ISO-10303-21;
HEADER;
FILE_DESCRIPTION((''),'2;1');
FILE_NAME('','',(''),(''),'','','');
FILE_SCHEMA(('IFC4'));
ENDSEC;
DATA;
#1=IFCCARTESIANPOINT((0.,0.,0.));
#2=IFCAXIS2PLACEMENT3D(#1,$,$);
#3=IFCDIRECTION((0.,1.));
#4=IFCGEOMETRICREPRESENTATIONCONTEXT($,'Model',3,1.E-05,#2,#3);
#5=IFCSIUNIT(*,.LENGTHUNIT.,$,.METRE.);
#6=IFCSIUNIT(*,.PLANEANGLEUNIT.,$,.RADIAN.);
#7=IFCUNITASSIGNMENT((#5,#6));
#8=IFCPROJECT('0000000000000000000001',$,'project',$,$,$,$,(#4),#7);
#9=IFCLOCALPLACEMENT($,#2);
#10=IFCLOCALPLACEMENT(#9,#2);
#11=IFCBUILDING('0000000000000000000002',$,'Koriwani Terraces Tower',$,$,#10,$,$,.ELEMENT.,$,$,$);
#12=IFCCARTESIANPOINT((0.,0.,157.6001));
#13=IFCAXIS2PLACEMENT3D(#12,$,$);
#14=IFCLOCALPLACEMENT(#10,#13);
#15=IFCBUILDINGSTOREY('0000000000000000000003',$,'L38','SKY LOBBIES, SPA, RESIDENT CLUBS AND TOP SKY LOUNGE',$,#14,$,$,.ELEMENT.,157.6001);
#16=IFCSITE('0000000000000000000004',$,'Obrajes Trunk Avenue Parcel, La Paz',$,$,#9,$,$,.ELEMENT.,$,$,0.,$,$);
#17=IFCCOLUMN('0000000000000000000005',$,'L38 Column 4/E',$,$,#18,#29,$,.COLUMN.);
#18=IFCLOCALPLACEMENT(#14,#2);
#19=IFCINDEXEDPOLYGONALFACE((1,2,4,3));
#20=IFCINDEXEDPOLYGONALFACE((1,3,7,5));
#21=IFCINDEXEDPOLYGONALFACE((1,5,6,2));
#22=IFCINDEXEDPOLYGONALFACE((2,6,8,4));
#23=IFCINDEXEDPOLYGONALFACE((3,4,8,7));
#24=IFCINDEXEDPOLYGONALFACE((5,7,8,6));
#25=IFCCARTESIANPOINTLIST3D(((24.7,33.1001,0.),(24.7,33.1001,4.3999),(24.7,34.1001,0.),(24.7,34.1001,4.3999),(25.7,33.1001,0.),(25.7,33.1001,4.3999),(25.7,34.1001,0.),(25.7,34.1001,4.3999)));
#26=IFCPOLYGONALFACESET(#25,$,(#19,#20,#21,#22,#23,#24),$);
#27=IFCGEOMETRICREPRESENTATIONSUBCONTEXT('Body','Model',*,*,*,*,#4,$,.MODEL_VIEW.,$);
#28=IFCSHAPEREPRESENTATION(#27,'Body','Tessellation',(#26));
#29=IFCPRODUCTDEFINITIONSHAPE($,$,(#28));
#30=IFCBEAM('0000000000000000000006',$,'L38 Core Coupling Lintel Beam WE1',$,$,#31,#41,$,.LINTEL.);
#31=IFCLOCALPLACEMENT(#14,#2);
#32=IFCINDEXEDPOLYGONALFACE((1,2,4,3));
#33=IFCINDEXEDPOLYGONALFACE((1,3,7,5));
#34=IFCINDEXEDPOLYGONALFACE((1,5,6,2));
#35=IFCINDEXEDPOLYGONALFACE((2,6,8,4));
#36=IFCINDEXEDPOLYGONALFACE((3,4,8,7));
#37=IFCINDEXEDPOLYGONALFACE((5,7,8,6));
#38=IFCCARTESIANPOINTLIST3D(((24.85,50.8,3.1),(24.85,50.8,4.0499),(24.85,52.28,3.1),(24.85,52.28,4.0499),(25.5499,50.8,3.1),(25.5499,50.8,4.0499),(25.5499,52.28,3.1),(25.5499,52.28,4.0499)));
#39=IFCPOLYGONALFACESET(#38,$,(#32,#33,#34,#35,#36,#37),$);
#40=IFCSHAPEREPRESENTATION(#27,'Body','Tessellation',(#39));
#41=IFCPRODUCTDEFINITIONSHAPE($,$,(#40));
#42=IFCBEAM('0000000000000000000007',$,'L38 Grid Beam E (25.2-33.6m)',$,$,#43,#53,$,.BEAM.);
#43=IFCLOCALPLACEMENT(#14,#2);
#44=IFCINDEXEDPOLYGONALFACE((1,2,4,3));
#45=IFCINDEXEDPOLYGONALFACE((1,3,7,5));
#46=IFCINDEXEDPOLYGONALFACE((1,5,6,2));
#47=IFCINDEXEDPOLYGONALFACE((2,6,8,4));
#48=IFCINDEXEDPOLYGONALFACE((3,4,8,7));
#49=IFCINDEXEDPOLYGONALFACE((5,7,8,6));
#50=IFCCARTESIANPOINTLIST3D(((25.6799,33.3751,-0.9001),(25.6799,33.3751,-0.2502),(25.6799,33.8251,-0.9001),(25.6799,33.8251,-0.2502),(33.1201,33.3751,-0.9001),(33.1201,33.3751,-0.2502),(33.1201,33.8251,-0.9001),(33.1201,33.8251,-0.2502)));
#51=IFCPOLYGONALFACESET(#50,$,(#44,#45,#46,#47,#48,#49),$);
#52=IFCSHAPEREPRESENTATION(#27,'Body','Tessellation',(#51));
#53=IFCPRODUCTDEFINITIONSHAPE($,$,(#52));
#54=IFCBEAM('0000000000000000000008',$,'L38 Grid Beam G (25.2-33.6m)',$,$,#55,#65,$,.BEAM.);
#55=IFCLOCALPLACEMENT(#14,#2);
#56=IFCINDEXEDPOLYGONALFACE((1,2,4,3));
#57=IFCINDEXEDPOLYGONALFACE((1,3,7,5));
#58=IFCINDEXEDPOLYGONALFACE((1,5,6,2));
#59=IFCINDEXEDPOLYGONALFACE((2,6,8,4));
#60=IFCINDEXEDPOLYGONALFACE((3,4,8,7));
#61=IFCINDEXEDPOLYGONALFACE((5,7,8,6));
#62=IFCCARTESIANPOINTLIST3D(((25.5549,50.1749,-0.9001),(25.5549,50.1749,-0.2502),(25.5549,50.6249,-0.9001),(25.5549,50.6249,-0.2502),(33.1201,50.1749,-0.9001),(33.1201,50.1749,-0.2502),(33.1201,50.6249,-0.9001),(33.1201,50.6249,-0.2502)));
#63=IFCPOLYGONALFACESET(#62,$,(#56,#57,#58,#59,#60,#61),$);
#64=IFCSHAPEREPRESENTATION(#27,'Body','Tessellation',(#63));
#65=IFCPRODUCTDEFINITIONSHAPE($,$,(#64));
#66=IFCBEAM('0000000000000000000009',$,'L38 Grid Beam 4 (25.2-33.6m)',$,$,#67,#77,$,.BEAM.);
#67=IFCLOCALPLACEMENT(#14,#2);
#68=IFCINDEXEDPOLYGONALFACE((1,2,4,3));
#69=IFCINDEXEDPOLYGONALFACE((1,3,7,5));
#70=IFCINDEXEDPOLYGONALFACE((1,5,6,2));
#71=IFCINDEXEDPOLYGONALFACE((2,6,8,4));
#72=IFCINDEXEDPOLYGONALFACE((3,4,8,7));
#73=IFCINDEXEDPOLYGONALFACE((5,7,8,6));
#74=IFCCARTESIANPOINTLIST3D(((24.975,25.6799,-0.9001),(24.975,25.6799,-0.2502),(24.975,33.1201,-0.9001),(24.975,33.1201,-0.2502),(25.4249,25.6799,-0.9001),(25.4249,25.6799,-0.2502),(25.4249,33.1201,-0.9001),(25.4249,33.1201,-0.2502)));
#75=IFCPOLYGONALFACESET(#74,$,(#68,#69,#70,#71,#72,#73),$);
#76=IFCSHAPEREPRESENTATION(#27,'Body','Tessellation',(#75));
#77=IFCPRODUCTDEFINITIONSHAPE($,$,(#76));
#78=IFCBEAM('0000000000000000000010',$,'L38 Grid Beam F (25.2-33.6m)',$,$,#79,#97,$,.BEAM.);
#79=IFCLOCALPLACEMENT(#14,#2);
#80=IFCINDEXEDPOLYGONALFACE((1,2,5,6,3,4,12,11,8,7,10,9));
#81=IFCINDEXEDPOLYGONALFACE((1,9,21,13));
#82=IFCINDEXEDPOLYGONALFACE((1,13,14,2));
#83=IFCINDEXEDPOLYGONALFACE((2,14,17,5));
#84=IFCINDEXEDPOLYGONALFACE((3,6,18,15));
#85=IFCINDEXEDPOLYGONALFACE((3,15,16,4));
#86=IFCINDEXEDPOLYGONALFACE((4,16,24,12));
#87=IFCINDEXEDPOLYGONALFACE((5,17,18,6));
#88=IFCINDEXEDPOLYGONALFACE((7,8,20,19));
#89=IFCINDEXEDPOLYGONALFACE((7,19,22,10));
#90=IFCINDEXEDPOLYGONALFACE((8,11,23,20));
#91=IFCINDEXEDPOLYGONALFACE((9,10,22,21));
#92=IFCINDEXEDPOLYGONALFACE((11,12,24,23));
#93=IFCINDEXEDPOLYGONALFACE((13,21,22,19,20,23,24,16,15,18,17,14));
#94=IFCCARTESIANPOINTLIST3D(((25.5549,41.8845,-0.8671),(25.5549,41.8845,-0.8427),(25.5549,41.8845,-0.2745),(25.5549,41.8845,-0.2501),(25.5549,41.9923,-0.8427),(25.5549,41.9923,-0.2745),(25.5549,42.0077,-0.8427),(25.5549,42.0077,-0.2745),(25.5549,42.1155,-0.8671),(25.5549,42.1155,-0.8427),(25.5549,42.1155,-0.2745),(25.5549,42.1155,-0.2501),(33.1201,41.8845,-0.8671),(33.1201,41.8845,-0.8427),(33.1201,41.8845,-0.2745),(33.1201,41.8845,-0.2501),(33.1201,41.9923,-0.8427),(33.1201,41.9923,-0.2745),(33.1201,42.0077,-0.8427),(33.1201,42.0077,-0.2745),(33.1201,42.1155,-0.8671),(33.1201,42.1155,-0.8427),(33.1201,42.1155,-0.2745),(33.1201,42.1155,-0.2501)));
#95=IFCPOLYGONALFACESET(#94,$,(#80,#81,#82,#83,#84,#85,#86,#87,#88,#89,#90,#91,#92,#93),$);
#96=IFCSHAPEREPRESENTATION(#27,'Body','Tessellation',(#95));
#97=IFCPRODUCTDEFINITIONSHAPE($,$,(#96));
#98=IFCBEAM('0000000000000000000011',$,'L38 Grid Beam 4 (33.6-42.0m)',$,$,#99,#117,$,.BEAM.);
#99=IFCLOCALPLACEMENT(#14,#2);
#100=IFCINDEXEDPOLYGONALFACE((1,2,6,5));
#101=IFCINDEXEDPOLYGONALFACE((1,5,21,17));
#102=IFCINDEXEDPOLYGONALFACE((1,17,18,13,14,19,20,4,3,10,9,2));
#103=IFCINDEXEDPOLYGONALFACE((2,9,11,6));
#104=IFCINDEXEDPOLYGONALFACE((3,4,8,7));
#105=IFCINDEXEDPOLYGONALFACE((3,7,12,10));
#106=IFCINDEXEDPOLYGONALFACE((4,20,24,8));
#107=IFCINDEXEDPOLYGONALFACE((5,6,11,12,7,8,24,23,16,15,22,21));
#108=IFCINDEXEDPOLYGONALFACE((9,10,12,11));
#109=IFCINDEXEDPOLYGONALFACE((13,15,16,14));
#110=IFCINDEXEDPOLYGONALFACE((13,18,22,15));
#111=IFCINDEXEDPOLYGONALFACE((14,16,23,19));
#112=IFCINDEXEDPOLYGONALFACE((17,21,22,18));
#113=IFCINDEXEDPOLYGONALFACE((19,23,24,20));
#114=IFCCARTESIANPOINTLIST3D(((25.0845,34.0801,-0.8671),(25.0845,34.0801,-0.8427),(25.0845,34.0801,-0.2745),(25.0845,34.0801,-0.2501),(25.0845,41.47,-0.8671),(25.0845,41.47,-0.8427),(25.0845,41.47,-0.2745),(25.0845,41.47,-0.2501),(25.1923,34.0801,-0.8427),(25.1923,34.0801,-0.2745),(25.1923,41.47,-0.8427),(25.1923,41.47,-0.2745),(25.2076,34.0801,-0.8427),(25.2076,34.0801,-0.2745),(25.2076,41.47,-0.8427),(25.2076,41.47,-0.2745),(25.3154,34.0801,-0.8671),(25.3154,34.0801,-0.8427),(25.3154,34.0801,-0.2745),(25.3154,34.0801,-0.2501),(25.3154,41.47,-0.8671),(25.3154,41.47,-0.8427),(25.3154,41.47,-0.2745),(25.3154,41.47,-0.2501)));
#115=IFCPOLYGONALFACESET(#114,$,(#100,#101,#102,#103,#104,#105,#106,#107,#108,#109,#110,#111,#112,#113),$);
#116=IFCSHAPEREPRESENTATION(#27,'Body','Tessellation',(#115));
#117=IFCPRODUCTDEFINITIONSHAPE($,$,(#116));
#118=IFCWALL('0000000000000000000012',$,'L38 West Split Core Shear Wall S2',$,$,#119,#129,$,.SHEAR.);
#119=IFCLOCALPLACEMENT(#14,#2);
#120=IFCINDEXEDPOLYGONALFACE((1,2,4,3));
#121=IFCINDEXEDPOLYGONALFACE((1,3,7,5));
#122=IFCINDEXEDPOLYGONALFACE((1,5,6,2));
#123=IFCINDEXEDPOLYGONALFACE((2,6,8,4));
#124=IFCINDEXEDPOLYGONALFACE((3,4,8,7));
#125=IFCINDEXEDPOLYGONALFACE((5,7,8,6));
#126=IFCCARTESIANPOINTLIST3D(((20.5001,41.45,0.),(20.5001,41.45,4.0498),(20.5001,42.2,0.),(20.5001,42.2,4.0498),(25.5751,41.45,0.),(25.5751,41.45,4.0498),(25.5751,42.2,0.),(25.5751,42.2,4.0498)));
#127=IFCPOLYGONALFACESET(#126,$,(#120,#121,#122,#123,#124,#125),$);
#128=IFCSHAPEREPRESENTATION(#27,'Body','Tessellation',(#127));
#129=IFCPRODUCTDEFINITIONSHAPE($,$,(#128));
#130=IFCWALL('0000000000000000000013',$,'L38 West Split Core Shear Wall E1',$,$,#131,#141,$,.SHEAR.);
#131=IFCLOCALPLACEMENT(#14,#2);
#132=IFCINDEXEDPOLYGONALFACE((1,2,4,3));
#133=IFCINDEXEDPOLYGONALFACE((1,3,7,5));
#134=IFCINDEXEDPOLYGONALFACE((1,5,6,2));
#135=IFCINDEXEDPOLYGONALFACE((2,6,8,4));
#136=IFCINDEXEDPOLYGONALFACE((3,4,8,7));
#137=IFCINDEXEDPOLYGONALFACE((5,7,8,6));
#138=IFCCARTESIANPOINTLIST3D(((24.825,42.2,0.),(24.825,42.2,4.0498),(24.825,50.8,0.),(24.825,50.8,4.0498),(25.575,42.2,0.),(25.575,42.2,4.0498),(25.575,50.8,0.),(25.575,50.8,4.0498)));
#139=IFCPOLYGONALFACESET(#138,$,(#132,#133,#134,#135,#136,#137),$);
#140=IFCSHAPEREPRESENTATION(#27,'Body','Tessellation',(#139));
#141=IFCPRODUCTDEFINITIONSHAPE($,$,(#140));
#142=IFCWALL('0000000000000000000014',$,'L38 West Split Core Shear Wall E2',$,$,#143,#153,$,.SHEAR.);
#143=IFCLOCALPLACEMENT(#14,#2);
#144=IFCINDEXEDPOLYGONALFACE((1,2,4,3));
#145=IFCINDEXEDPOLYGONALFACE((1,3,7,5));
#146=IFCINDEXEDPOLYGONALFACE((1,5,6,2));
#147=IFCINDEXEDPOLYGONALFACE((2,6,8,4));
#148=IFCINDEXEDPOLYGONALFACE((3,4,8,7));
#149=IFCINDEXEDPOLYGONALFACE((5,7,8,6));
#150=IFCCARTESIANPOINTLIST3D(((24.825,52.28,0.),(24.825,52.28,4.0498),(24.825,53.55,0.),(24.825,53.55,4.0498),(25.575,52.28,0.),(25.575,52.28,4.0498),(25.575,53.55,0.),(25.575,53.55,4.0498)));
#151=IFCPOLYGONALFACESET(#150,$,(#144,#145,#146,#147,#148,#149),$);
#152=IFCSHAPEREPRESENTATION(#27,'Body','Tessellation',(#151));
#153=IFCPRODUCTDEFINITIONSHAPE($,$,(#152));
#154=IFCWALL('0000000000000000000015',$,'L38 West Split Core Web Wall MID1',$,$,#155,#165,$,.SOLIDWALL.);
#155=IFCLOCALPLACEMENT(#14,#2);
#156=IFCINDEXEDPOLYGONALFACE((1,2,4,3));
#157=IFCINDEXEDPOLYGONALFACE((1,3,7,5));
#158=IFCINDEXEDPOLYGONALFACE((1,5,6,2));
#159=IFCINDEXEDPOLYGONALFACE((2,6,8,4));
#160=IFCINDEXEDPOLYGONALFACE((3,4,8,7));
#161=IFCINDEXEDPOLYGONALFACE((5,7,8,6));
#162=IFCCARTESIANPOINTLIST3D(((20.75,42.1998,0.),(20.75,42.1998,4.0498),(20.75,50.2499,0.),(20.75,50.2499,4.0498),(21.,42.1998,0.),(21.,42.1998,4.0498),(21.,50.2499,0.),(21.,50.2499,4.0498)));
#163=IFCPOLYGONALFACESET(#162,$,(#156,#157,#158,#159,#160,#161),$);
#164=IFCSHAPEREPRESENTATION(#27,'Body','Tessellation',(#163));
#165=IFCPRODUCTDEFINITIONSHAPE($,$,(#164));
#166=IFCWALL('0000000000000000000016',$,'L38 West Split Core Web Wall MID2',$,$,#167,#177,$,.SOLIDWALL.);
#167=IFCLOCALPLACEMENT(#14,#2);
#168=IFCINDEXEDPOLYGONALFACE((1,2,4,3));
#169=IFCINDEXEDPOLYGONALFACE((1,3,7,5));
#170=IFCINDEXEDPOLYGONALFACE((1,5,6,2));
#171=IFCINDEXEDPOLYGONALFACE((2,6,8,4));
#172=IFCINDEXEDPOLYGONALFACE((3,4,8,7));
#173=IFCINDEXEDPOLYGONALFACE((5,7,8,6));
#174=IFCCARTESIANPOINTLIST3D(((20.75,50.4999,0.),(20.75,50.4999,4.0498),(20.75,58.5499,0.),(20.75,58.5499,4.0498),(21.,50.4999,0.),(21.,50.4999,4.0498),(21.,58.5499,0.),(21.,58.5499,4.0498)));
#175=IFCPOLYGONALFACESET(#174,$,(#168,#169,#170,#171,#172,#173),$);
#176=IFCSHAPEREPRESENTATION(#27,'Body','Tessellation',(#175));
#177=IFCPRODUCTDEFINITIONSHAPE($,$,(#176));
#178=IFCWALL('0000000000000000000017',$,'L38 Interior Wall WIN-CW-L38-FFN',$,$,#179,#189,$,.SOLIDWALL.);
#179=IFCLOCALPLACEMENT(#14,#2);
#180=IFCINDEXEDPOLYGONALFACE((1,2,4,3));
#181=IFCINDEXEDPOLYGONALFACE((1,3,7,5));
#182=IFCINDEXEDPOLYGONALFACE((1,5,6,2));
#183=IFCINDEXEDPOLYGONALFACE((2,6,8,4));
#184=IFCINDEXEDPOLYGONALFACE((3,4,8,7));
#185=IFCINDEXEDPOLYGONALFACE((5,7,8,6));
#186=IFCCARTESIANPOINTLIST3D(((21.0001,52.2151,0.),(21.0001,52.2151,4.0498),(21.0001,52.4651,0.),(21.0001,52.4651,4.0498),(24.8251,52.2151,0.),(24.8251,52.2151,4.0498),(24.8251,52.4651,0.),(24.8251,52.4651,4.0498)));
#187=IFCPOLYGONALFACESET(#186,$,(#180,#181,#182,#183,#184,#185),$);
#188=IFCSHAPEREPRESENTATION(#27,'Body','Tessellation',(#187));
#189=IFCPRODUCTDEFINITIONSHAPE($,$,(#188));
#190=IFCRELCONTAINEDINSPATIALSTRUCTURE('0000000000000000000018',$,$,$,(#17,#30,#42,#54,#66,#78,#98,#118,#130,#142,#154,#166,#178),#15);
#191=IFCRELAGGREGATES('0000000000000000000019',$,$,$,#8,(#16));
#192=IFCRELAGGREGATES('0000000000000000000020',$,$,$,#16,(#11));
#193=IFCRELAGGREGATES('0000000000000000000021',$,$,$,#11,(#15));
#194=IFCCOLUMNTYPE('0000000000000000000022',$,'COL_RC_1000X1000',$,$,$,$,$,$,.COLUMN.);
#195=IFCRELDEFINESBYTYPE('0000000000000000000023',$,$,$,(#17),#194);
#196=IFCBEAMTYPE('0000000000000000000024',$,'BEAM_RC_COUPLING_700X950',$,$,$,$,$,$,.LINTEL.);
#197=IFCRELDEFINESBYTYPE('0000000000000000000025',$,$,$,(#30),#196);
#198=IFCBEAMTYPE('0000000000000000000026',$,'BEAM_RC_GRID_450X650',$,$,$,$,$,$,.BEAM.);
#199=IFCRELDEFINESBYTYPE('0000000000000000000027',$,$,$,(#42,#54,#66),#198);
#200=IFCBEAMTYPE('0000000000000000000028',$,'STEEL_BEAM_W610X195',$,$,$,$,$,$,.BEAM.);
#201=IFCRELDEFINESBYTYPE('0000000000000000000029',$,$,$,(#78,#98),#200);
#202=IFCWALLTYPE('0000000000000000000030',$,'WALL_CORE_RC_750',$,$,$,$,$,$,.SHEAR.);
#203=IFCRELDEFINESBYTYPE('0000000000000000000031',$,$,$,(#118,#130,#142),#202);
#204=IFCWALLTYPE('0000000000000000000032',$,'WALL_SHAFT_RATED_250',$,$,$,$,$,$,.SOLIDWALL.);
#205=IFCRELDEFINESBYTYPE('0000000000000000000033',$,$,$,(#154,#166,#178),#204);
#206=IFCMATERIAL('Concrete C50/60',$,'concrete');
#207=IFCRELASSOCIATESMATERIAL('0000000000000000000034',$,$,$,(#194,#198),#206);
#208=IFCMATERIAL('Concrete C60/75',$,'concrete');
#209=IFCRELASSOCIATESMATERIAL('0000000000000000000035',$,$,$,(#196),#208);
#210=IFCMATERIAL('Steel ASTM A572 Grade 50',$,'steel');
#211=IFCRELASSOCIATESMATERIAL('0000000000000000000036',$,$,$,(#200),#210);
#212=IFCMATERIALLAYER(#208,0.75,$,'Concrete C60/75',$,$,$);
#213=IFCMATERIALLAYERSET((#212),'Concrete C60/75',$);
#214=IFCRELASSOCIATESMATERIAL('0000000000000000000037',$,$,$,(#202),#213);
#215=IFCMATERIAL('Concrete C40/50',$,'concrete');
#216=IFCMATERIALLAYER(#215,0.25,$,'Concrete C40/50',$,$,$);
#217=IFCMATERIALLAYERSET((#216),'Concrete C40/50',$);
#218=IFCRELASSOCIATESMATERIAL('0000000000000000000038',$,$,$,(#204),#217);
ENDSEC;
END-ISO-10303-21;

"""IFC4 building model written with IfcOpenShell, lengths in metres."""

from ifc_helpers import new_model, si_unit, direction, frame, frame_2d, origin, origin_2d, place, context, subcontext, project, spatial, rectangle, i_section, extrude, material, layer, layer_set, material_profile, profile_set, type_object, element, save


model = new_model("IFC4")

# Units and contexts
model_context = context("Model", 3, precision=1e-05, world=origin(), true_north=direction((0.0, 1.0)))
body_context = subcontext(model_context, "Body", "Model", "MODEL_VIEW")
ifc_project = project(units=[si_unit("LENGTHUNIT", "METRE"), si_unit("PLANEANGLEUNIT", "RADIAN")], contexts=[model_context])

# Site, building, storey
site_placement = place(None, origin())
site = spatial("IfcSite", under=ifc_project, at=site_placement, Name="Obrajes Trunk Avenue Parcel, La Paz", CompositionType="ELEMENT", RefElevation=0.0)
building_placement = place(site_placement, origin())
building = spatial("IfcBuilding", under=site, at=building_placement, Name="Koriwani Terraces Tower", CompositionType="ELEMENT")
storey_placement = place(building_placement, frame((0.0, 0.0, 157.6001)))
storey = spatial("IfcBuildingStorey", under=building, at=storey_placement, Name="L38", Description="SKY LOBBIES, SPA, RESIDENT CLUBS AND TOP SKY LOUNGE", CompositionType="ELEMENT", Elevation=157.6001)

# Column
ifc_material_1 = material(Name="Concrete C50/60", Category="concrete")
ifc_material_profile_1 = material_profile(ifc_material_1, rectangle(XDim=1.0, YDim=1.0, at=origin_2d()), Name="Concrete C50/60", Category="LoadBearing")
ifc_profile_set_1 = profile_set([ifc_material_profile_1], Name="Concrete C50/60")
column_type = type_object("IfcColumnType", Name="COL_RC_1000X1000", PredefinedType="COLUMN", material=ifc_profile_set_1)
column_placement = place(storey_placement, frame((25.2, 33.6001, 0.0), z_axis=(0.0, 0.0, 1.0), x_axis=(1.0, 0.0, 0.0)))
element("IfcColumn", 1, at=column_placement, inside=storey, type_object=column_type, Name="L38 Column 4/E", PredefinedType="COLUMN", context=body_context, shape_type="SweptSolid", body=[
    extrude(rectangle(XDim=1.0, YDim=1.0, at=origin_2d()), origin(), (0.0, 0.0, 1.0), 4.3999),
])

# Beams
ifc_material_2 = material(Name="Concrete C60/75", Category="concrete")
ifc_material_profile_2 = material_profile(ifc_material_2, rectangle(XDim=0.7, YDim=0.95, at=origin_2d()), Name="Concrete C60/75", Category="LoadBearing")
ifc_profile_set_2 = profile_set([ifc_material_profile_2], Name="Concrete C60/75")
beam_type_1 = type_object("IfcBeamType", Name="BEAM_RC_COUPLING_700X950", PredefinedType="LINTEL", material=ifc_profile_set_2)
beam_1_placement = place(storey_placement, frame((25.2, 50.8, 3.575), z_axis=(0.0, 1.0, 0.0), x_axis=(-1.0, 0.0, 0.0)))
element("IfcBeam", 2, at=beam_1_placement, inside=storey, type_object=beam_type_1, Name="L38 Core Coupling Lintel Beam WE1", PredefinedType="LINTEL", context=body_context, shape_type="SweptSolid", body=[
    extrude(rectangle(XDim=0.7, YDim=0.95, at=origin_2d()), origin(), (0.0, 0.0, 1.0), 1.48),
])
ifc_material_profile_3 = material_profile(ifc_material_1, rectangle(XDim=0.45, YDim=0.6499, at=origin_2d()), Name="Concrete C50/60", Category="LoadBearing")
ifc_profile_set_3 = profile_set([ifc_material_profile_3], Name="Concrete C50/60")
beam_type_2 = type_object("IfcBeamType", Name="BEAM_RC_GRID_450X650", PredefinedType="BEAM", material=ifc_profile_set_3)
beam_2_placement = place(storey_placement, frame((25.6799, 33.6001, -0.5752), z_axis=(1.0, 0.0, 0.0), x_axis=(0.0, 1.0, 0.0)))
element("IfcBeam", 3, at=beam_2_placement, inside=storey, type_object=beam_type_2, Name="L38 Grid Beam E (25.2-33.6m)", PredefinedType="BEAM", context=body_context, shape_type="SweptSolid", body=[
    extrude(rectangle(XDim=0.45, YDim=0.6499, at=origin_2d()), origin(), (0.0, 0.0, 1.0), 7.4402),
])
beam_3_placement = place(storey_placement, frame((25.5549, 50.3999, -0.5752), z_axis=(1.0, 0.0, 0.0), x_axis=(0.0, 1.0, 0.0)))
element("IfcBeam", 4, at=beam_3_placement, inside=storey, type_object=beam_type_2, Name="L38 Grid Beam G (25.2-33.6m)", PredefinedType="BEAM", context=body_context, shape_type="SweptSolid", body=[
    extrude(rectangle(XDim=0.45, YDim=0.6499, at=origin_2d()), origin(), (0.0, 0.0, 1.0), 7.5652),
])
beam_4_placement = place(storey_placement, frame((25.2, 25.6799, -0.5752), z_axis=(0.0, 1.0, 0.0), x_axis=(-1.0, 0.0, 0.0)))
element("IfcBeam", 5, at=beam_4_placement, inside=storey, type_object=beam_type_2, Name="L38 Grid Beam 4 (25.2-33.6m)", PredefinedType="BEAM", context=body_context, shape_type="SweptSolid", body=[
    extrude(rectangle(XDim=0.45, YDim=0.6499, at=origin_2d()), origin(), (0.0, 0.0, 1.0), 7.4402),
])
ifc_material_3 = material(Name="Steel ASTM A572 Grade 50", Category="steel")
ifc_material_profile_4 = material_profile(ifc_material_3, i_section(OverallWidth=0.231, OverallDepth=0.6169, WebThickness=0.0154, FlangeThickness=0.0244, at=origin_2d()), Name="Steel ASTM A572 Grade 50", Category="LoadBearing")
ifc_profile_set_4 = profile_set([ifc_material_profile_4], Name="Steel ASTM A572 Grade 50")
beam_type_3 = type_object("IfcBeamType", Name="STEEL_BEAM_W610X195", PredefinedType="BEAM", material=ifc_profile_set_4)
beam_5_placement = place(storey_placement, frame((25.5549, 42.0, -0.5586), z_axis=(1.0, 0.0, 0.0), x_axis=(0.0, 1.0, 0.0)))
element("IfcBeam", 6, at=beam_5_placement, inside=storey, type_object=beam_type_3, Name="L38 Grid Beam F (25.2-33.6m)", PredefinedType="BEAM", context=body_context, shape_type="SweptSolid", body=[
    extrude(i_section(OverallWidth=0.231, OverallDepth=0.6169, WebThickness=0.0154, FlangeThickness=0.0244, at=origin_2d()), origin(), (0.0, 0.0, 1.0), 7.5652),
])
beam_6_placement = place(storey_placement, frame((25.2, 34.0801, -0.5586), z_axis=(0.0, 1.0, 0.0), x_axis=(-1.0, 0.0, 0.0)))
element("IfcBeam", 7, at=beam_6_placement, inside=storey, type_object=beam_type_3, Name="L38 Grid Beam 4 (33.6-42.0m)", PredefinedType="BEAM", context=body_context, shape_type="SweptSolid", body=[
    extrude(i_section(OverallWidth=0.231, OverallDepth=0.6169, WebThickness=0.0154, FlangeThickness=0.0244, at=origin_2d()), origin(), (0.0, 0.0, 1.0), 7.3899),
])

# Walls
ifc_layer_1 = layer(ifc_material_2, 0.75, Name="Concrete C60/75")
ifc_layer_set_1 = layer_set([ifc_layer_1], Name="Concrete C60/75")
wall_type_1 = type_object("IfcWallType", Name="WALL_CORE_RC_750", PredefinedType="SHEAR", material=ifc_layer_set_1)
wall_1_placement = place(storey_placement, frame((20.5, 41.825, 0.0), z_axis=(0.0, 0.0, 1.0), x_axis=(1.0, 0.0, 0.0)))
element("IfcWall", 8, at=wall_1_placement, inside=storey, type_object=wall_type_1, Name="L38 West Split Core Shear Wall S2", PredefinedType="SHEAR", context=body_context, shape_type="SweptSolid", body=[
    extrude(rectangle(XDim=5.075, YDim=0.75, at=frame_2d((2.5376, 0.0))), origin(), (0.0, 0.0, 1.0), 4.0498),
])
wall_2_placement = place(storey_placement, frame((25.2, 42.2, 0.0), z_axis=(0.0, 0.0, 1.0), x_axis=(0.0, 1.0, 0.0)))
element("IfcWall", 9, at=wall_2_placement, inside=storey, type_object=wall_type_1, Name="L38 West Split Core Shear Wall E1", PredefinedType="SHEAR", context=body_context, shape_type="SweptSolid", body=[
    extrude(rectangle(XDim=8.6001, YDim=0.75, at=frame_2d((4.3, 0.0))), origin(), (0.0, 0.0, 1.0), 4.0498),
])
wall_3_placement = place(storey_placement, frame((25.2, 52.28, 0.0), z_axis=(0.0, 0.0, 1.0), x_axis=(0.0, 1.0, 0.0)))
element("IfcWall", 10, at=wall_3_placement, inside=storey, type_object=wall_type_1, Name="L38 West Split Core Shear Wall E2", PredefinedType="SHEAR", context=body_context, shape_type="SweptSolid", body=[
    extrude(rectangle(XDim=1.27, YDim=0.75, at=frame_2d((0.635, 0.0))), origin(), (0.0, 0.0, 1.0), 4.0498),
])
ifc_material_4 = material(Name="Concrete C40/50", Category="concrete")
ifc_layer_2 = layer(ifc_material_4, 0.25, Name="Concrete C40/50")
ifc_layer_set_2 = layer_set([ifc_layer_2], Name="Concrete C40/50")
wall_type_2 = type_object("IfcWallType", Name="WALL_SHAFT_RATED_250", PredefinedType="SOLIDWALL", material=ifc_layer_set_2)
for number, where, z_axis, x_axis, name in (
    (11, (20.875, 42.2, 0.0), (0.0, 0.0, 1.0), (0.0, 1.0, 0.0), "L38 West Split Core Web Wall MID1"),
    (12, (20.875, 50.5, 0.0), (0.0, 0.0, 1.0), (0.0, 1.0, 0.0), "L38 West Split Core Web Wall MID2"),
):
    element("IfcWall", number, at=place(storey_placement, frame(where, z_axis=z_axis, x_axis=x_axis)), inside=storey, type_object=wall_type_2, Name=name, PredefinedType="SOLIDWALL", context=body_context, shape_type="SweptSolid", body=[
        extrude(rectangle(XDim=8.05, YDim=0.25, at=frame_2d((4.0249, 0.0))), origin(), (0.0, 0.0, 1.0), 4.0498),
    ])

# Wall
wall_4_placement = place(storey_placement, frame((21.0, 52.3401, 0.0), z_axis=(0.0, 0.0, 1.0), x_axis=(1.0, 0.0, 0.0)))
element("IfcWall", 13, at=wall_4_placement, inside=storey, type_object=wall_type_2, Name="L38 Interior Wall WIN-CW-L38-FFN", PredefinedType="SOLIDWALL", context=body_context, shape_type="SweptSolid", body=[
    extrude(rectangle(XDim=3.825, YDim=0.25, at=frame_2d((1.9126, 0.0))), origin(), (0.0, 0.0, 1.0), 4.0498),
])

save(model, "model.ifc")
